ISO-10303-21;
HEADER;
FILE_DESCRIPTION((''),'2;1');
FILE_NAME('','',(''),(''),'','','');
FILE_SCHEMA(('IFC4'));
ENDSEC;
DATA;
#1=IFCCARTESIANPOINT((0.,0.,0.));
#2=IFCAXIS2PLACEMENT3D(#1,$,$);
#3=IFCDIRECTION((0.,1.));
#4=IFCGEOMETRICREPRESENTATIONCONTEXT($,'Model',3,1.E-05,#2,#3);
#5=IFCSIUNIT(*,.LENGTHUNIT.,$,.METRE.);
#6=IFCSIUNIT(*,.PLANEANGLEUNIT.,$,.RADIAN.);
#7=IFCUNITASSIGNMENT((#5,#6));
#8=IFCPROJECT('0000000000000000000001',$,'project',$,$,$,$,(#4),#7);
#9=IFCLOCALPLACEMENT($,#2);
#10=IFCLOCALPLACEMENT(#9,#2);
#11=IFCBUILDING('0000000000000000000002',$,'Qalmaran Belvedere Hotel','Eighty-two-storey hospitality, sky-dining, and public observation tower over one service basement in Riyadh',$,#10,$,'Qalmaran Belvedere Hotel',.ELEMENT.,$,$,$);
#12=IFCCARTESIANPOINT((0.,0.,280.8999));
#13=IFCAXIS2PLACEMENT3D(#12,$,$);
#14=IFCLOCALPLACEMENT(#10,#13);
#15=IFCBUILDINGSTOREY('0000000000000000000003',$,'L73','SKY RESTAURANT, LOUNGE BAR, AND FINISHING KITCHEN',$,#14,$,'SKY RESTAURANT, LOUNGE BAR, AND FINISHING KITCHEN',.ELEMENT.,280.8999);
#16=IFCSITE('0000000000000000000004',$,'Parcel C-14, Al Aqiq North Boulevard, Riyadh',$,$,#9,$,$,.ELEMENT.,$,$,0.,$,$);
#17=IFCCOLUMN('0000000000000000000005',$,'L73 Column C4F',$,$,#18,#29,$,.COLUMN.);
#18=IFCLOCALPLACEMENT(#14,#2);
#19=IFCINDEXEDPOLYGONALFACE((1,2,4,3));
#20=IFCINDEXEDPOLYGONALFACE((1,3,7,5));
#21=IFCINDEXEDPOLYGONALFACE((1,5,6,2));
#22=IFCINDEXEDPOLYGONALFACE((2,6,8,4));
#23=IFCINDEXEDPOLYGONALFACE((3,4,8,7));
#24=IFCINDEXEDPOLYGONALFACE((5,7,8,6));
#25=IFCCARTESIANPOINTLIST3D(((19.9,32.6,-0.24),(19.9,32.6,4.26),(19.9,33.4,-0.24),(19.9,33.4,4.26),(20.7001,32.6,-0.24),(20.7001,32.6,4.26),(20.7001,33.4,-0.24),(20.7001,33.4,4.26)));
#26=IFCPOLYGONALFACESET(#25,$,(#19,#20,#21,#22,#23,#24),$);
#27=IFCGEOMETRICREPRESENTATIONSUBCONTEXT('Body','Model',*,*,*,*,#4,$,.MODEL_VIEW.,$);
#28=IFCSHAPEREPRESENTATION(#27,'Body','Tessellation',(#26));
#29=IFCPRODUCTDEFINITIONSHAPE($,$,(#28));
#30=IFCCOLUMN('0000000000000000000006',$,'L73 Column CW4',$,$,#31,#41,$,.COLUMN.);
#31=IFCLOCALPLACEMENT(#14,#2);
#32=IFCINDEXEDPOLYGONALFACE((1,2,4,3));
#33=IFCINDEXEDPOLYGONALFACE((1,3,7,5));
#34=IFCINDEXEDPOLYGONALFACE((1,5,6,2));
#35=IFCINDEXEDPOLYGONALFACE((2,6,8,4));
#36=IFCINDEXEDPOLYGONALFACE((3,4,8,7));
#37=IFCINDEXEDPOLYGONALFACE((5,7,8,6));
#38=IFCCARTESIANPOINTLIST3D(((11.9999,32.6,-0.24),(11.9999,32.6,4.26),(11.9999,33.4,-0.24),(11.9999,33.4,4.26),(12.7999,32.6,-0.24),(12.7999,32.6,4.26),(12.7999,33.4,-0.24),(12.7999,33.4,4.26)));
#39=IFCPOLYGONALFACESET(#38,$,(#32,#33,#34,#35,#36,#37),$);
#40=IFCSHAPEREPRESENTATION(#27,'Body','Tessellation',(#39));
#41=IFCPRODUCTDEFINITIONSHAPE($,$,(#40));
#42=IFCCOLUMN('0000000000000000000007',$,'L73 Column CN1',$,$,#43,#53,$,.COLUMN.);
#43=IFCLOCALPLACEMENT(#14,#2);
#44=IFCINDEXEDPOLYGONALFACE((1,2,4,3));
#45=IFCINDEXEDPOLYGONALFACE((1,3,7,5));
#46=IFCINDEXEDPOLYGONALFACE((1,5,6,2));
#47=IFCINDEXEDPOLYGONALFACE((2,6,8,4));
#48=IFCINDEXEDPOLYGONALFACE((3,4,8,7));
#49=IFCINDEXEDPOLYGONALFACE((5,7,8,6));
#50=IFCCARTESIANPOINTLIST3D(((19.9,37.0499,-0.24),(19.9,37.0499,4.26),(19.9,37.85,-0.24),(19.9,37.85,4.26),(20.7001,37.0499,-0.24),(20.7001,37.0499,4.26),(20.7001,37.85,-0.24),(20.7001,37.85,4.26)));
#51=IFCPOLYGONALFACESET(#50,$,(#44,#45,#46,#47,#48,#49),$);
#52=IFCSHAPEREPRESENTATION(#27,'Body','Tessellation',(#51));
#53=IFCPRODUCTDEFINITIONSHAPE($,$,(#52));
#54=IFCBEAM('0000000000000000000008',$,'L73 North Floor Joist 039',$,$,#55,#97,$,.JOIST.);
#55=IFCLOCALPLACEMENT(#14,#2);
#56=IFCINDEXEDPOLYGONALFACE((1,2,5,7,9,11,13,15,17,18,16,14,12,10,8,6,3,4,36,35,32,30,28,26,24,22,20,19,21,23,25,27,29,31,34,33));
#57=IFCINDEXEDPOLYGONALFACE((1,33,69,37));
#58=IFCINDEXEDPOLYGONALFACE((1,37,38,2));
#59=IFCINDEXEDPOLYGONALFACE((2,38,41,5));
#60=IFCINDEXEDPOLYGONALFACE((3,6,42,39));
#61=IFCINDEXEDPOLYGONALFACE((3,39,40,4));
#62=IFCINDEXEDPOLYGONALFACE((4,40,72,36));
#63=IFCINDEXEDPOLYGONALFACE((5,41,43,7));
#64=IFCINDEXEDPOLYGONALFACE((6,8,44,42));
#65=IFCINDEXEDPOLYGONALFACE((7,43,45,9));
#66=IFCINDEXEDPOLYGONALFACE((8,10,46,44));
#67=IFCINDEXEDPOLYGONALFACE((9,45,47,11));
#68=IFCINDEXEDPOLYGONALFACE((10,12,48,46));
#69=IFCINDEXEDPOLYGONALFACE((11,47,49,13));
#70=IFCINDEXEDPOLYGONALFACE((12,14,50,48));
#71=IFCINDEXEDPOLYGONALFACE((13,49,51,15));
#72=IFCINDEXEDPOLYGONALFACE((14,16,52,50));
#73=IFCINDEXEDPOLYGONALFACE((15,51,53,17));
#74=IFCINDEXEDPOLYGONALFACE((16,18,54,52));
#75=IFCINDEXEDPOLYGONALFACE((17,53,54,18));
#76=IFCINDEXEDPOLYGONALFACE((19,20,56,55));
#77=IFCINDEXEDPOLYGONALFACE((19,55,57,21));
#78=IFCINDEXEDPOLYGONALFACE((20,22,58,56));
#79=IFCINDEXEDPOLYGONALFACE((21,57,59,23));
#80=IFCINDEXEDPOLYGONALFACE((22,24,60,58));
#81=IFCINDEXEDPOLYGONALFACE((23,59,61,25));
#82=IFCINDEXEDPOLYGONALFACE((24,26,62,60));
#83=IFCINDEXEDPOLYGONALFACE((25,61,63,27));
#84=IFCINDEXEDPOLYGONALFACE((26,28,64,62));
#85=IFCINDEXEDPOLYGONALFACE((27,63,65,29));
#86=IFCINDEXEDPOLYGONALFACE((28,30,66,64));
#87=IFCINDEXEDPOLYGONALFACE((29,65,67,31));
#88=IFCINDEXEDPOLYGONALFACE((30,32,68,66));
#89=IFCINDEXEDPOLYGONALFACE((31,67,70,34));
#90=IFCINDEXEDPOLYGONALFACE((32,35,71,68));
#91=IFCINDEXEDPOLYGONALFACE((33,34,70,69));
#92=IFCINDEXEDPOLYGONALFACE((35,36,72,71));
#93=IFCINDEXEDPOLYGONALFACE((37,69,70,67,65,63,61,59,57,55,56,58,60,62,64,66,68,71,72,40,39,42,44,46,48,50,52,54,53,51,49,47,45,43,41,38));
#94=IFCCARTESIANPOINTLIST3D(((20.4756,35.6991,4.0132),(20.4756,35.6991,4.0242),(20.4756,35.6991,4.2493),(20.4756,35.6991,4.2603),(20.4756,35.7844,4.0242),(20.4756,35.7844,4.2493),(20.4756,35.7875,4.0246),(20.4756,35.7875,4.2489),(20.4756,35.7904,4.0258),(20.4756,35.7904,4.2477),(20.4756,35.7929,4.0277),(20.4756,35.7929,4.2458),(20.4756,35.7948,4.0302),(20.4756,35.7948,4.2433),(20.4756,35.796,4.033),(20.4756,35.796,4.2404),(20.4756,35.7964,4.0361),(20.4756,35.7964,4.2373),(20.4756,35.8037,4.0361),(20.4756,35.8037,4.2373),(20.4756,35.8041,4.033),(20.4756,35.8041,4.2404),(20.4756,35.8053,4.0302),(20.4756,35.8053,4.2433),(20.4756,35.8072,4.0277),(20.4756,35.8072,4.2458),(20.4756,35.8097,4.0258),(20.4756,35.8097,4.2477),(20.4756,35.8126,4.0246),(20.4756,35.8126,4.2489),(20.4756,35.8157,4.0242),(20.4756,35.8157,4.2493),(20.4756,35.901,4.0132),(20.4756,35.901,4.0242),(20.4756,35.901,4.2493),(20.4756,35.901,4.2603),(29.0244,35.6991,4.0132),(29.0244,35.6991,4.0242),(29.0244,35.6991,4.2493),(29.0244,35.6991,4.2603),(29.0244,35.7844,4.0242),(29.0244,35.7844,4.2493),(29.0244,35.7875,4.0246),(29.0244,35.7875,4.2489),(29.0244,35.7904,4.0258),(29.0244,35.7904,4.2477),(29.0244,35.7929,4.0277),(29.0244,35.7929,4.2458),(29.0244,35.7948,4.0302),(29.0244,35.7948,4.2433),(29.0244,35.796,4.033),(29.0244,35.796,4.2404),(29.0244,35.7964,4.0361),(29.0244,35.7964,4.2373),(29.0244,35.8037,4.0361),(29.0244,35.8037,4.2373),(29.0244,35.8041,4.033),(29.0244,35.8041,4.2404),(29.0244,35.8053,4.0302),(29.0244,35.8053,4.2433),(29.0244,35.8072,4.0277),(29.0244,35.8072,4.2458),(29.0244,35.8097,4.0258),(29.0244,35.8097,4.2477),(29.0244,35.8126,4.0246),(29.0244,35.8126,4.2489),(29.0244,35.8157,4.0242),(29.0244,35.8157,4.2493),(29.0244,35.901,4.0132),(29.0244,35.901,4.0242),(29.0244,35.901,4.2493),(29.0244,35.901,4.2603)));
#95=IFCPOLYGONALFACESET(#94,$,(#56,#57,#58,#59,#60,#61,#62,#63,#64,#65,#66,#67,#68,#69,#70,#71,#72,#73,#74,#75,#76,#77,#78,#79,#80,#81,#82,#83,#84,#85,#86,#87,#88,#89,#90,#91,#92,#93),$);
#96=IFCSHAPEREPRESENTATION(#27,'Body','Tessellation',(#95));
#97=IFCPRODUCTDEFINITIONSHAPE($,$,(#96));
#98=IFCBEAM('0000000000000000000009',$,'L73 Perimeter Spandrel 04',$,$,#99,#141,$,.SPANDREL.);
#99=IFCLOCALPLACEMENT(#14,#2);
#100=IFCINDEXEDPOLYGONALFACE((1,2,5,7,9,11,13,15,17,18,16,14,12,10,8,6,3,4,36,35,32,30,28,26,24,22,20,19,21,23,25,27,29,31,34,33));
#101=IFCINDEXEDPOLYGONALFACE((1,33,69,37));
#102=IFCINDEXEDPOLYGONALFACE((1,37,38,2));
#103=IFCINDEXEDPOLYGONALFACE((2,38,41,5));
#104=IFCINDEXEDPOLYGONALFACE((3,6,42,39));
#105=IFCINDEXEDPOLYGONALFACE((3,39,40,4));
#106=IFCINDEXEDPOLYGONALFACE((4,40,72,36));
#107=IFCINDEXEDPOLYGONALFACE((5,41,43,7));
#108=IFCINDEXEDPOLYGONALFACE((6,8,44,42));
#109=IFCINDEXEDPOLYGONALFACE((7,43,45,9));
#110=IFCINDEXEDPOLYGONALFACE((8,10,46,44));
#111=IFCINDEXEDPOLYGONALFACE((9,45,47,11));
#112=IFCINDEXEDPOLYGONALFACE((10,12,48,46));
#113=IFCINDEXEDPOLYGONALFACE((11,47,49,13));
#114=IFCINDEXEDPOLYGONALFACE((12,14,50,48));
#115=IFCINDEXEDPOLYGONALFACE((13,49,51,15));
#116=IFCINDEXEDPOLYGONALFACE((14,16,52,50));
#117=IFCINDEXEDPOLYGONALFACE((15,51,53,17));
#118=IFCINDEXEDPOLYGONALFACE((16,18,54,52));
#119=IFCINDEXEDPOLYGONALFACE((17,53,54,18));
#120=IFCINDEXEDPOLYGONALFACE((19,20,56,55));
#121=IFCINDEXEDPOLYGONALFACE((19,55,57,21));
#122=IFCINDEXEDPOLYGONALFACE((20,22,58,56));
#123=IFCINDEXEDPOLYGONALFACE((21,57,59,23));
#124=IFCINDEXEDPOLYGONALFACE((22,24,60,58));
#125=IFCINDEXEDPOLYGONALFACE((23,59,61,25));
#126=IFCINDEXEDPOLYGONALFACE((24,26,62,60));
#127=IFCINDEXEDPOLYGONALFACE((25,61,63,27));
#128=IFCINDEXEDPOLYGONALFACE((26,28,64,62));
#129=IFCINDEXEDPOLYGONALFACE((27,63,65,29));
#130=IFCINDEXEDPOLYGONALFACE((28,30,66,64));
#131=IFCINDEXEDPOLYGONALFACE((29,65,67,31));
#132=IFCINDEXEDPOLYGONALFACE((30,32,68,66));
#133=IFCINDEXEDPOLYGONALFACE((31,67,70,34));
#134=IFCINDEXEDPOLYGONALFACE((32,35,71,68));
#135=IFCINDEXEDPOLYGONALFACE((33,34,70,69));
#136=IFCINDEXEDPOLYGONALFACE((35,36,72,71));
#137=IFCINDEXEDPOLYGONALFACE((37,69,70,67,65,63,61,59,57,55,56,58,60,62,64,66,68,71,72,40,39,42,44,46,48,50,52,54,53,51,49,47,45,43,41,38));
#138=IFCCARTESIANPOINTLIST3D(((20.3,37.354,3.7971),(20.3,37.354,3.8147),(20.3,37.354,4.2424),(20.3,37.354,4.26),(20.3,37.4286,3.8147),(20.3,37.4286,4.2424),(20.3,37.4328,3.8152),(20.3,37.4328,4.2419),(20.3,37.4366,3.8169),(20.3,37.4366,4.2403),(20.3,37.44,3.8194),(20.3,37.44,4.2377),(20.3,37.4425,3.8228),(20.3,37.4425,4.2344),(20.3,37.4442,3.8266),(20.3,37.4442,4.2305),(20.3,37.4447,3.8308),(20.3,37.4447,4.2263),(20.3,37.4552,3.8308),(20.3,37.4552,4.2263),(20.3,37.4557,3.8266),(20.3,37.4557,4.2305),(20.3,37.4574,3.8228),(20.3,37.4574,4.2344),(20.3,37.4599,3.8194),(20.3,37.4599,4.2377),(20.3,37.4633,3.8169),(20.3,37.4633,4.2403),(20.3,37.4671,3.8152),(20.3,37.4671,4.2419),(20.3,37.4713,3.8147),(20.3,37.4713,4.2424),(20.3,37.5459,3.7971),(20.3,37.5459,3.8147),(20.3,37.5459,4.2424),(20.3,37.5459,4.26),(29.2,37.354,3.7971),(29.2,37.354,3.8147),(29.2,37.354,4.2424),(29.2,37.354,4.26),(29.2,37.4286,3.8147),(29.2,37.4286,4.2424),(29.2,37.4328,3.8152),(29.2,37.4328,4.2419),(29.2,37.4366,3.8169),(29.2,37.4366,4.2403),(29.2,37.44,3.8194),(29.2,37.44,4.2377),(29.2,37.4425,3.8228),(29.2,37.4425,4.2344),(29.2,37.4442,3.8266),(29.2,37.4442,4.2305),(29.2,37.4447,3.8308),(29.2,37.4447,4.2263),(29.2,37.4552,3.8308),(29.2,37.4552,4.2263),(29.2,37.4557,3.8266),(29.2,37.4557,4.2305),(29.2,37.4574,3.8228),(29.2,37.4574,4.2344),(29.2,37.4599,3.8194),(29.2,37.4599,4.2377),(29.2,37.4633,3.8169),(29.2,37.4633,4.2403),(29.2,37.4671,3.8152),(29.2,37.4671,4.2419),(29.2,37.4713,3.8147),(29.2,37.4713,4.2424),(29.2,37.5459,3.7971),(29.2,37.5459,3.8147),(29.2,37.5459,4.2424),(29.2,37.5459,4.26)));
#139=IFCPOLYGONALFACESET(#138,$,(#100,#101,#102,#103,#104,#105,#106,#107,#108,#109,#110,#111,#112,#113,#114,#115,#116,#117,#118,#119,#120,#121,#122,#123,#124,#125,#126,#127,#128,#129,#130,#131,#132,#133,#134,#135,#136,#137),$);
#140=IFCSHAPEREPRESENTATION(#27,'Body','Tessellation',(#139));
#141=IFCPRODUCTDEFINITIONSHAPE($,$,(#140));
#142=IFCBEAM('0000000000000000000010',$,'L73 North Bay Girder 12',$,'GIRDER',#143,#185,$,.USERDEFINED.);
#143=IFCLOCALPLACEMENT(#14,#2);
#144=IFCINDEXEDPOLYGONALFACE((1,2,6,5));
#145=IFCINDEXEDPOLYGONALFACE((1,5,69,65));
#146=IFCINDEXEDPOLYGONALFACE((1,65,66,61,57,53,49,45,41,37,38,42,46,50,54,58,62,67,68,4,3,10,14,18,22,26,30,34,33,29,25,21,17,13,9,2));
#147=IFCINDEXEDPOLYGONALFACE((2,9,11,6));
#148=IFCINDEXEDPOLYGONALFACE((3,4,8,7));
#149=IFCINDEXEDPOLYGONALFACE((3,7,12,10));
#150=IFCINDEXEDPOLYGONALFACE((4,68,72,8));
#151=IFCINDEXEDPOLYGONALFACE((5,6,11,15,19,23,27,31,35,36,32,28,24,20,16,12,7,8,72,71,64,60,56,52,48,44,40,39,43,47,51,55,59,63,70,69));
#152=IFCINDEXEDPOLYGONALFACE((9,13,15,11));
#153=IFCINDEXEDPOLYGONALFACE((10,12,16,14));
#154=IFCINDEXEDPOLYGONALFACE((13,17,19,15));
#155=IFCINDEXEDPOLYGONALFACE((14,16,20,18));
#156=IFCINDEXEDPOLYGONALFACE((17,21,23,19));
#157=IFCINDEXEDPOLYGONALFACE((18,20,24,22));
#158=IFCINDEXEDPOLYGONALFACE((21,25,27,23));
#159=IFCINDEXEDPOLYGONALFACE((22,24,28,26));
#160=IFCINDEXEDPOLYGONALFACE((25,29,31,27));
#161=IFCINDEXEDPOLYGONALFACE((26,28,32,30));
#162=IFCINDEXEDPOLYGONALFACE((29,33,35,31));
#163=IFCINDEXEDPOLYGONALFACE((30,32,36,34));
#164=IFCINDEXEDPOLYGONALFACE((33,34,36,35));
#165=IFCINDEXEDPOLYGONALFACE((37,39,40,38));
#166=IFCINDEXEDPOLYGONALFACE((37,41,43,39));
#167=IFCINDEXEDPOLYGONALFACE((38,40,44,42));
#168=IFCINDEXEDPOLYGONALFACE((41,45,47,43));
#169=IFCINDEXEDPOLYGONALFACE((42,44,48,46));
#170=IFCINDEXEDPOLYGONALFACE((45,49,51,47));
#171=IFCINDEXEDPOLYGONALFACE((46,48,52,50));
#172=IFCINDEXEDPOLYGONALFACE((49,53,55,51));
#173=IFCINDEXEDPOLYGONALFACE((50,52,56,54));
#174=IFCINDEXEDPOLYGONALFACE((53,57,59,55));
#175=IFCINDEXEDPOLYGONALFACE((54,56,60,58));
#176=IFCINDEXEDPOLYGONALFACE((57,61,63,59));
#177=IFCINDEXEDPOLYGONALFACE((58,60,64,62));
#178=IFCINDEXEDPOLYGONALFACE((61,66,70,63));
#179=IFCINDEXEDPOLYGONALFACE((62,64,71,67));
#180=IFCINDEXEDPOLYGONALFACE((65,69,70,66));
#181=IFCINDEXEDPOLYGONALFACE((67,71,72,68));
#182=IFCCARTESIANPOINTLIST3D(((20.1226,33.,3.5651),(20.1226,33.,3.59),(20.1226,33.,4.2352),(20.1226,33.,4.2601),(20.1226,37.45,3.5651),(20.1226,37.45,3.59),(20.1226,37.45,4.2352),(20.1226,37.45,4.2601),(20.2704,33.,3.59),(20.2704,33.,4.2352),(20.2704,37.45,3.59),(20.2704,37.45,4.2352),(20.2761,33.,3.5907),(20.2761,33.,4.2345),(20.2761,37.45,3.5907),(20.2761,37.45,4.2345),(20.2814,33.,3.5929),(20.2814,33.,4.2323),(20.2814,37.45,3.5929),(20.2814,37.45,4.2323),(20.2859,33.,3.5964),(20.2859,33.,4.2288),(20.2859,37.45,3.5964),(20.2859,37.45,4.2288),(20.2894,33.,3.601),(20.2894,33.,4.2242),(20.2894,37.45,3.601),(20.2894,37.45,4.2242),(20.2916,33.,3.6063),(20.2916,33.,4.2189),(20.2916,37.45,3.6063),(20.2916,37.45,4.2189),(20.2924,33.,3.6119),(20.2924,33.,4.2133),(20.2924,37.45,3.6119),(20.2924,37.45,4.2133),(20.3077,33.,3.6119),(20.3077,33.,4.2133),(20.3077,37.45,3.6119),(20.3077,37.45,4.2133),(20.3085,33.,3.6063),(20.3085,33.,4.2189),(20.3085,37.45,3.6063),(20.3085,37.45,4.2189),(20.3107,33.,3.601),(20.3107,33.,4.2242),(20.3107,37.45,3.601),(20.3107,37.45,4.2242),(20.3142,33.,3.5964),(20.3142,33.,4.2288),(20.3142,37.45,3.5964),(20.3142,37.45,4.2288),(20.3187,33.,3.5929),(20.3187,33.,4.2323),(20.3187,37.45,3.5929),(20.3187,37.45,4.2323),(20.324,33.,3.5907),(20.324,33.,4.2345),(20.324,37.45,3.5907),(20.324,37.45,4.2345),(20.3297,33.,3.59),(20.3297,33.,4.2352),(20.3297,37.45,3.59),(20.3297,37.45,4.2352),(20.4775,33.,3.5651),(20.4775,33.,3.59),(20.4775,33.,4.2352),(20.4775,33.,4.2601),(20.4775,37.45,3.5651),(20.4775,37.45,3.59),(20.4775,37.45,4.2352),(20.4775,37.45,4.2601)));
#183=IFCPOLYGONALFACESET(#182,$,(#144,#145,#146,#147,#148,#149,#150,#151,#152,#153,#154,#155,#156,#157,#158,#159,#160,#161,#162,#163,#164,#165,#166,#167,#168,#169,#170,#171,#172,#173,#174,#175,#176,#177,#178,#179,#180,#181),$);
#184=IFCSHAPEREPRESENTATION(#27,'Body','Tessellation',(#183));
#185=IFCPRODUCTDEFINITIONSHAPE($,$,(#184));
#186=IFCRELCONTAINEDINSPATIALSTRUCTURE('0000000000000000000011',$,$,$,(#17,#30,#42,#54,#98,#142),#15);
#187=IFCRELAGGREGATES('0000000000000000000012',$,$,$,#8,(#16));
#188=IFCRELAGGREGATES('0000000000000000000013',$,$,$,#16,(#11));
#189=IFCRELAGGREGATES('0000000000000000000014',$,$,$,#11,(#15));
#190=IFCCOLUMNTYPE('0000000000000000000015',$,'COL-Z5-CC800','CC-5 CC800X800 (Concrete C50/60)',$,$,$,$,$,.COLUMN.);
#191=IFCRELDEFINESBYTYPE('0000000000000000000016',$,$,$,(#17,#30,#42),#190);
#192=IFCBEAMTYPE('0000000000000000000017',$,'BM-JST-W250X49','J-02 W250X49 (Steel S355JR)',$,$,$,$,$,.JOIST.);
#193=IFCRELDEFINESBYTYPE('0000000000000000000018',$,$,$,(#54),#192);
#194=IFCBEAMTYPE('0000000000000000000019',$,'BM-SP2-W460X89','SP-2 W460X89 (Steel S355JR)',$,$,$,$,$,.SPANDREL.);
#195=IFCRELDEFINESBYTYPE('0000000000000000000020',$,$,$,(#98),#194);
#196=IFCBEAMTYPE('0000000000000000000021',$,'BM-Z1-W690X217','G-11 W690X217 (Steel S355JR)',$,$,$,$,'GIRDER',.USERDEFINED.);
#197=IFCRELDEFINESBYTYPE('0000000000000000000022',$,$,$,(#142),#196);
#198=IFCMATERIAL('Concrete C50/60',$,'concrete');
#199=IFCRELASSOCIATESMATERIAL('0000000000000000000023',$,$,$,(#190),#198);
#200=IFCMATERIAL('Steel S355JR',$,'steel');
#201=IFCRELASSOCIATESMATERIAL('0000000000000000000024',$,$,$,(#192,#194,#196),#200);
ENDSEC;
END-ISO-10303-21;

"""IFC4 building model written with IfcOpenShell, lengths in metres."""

from ifc_helpers import new_model, si_unit, direction, frame, origin, origin_2d, place, context, subcontext, project, spatial, rectangle, i_section, extrude, material, material_profile, profile_set, type_object, element, save


model = new_model("IFC4")

# Units and contexts
model_context = context("Model", 3, precision=1e-05, world=origin(), true_north=direction((0.0, 1.0)))
body_context = subcontext(model_context, "Body", "Model", "MODEL_VIEW")
ifc_project = project(units=[si_unit("LENGTHUNIT", "METRE"), si_unit("PLANEANGLEUNIT", "RADIAN")], contexts=[model_context])

# Site, building, storey
site_placement = place(None, origin())
site = spatial("IfcSite", under=ifc_project, at=site_placement, Name="Parcel C-14, Al Aqiq North Boulevard, Riyadh", CompositionType="ELEMENT", RefElevation=0.0)
building_placement = place(site_placement, origin())
building = spatial("IfcBuilding", under=site, at=building_placement, Name="Qalmaran Belvedere Hotel", Description="Eighty-two-storey hospitality, sky-dining, and public observation tower over one service basement in Riyadh", LongName="Qalmaran Belvedere Hotel", CompositionType="ELEMENT")
storey_placement = place(building_placement, frame((0.0, 0.0, 280.8999)))
storey = spatial("IfcBuildingStorey", under=building, at=storey_placement, Name="L73", Description="SKY RESTAURANT, LOUNGE BAR, AND FINISHING KITCHEN", LongName="SKY RESTAURANT, LOUNGE BAR, AND FINISHING KITCHEN", CompositionType="ELEMENT", Elevation=280.8999)

# Columns
ifc_material_1 = material(Name="Concrete C50/60", Category="concrete")
ifc_material_profile_1 = material_profile(ifc_material_1, rectangle(XDim=0.8, YDim=0.8, at=origin_2d()), Name="CC800X800")
ifc_profile_set_1 = profile_set([ifc_material_profile_1], Name="Concrete C50/60")
column_type = type_object("IfcColumnType", Name="COL-Z5-CC800", Description="CC-5 CC800X800 (Concrete C50/60)", PredefinedType="COLUMN", material=ifc_profile_set_1)
for number, where, z_axis, x_axis, name in (
    (1, (20.3, 33.0, -0.24), (0.0, 0.0, 1.0), (1.0, 0.0, 0.0), "L73 Column C4F"),
    (2, (12.3999, 33.0, -0.24), (0.0, 0.0, 1.0), (1.0, 0.0, 0.0), "L73 Column CW4"),
    (3, (20.3, 37.45, -0.24), (0.0, 0.0, 1.0), (1.0, 0.0, 0.0), "L73 Column CN1"),
):
    element("IfcColumn", number, at=place(storey_placement, frame(where, z_axis=z_axis, x_axis=x_axis)), inside=storey, type_object=column_type, Name=name, PredefinedType="COLUMN", context=body_context, shape_type="SweptSolid", body=[
        extrude(rectangle(XDim=0.8, YDim=0.8, at=origin_2d()), origin(), (0.0, 0.0, 1.0), 4.5),
    ])

# Beams
ifc_material_2 = material(Name="Steel S355JR", Category="steel")
ifc_material_profile_2 = material_profile(ifc_material_2, i_section(OverallWidth=0.2019, OverallDepth=0.2471, WebThickness=0.0073, FlangeThickness=0.011, FilletRadius=0.012, at=origin_2d()), Name="W250X49")
ifc_profile_set_2 = profile_set([ifc_material_profile_2], Name="Steel S355JR")
beam_type_1 = type_object("IfcBeamType", Name="BM-JST-W250X49", Description="J-02 W250X49 (Steel S355JR)", PredefinedType="JOIST", material=ifc_profile_set_2)
beam_1_placement = place(storey_placement, frame((20.4756, 35.8, 4.1367), z_axis=(1.0, 0.0, 0.0), x_axis=(0.0, 1.0, 0.0)))
element("IfcBeam", 4, at=beam_1_placement, inside=storey, type_object=beam_type_1, Name="L73 North Floor Joist 039", PredefinedType="JOIST", context=body_context, shape_type="SweptSolid", body=[
    extrude(i_section(OverallWidth=0.2019, OverallDepth=0.2471, WebThickness=0.0073, FlangeThickness=0.011, FilletRadius=0.012, at=origin_2d()), origin(), (0.0, 0.0, 1.0), 8.5488),
])
ifc_material_profile_3 = material_profile(ifc_material_2, i_section(OverallWidth=0.1919, OverallDepth=0.4629, WebThickness=0.0105, FlangeThickness=0.0176, FilletRadius=0.0161, at=origin_2d()), Name="W460X89")
ifc_profile_set_3 = profile_set([ifc_material_profile_3], Name="Steel S355JR")
beam_type_2 = type_object("IfcBeamType", Name="BM-SP2-W460X89", Description="SP-2 W460X89 (Steel S355JR)", PredefinedType="SPANDREL", material=ifc_profile_set_3)
beam_2_placement = place(storey_placement, frame((20.3, 37.45, 4.0286), z_axis=(1.0, 0.0, 0.0), x_axis=(0.0, 1.0, 0.0)))
element("IfcBeam", 5, at=beam_2_placement, inside=storey, type_object=beam_type_2, Name="L73 Perimeter Spandrel 04", PredefinedType="SPANDREL", context=body_context, shape_type="SweptSolid", body=[
    extrude(i_section(OverallWidth=0.1919, OverallDepth=0.4629, WebThickness=0.0105, FlangeThickness=0.0176, FilletRadius=0.0161, at=origin_2d()), origin(), (0.0, 0.0, 1.0), 8.8999),
])
ifc_material_profile_4 = material_profile(ifc_material_2, i_section(OverallWidth=0.355, OverallDepth=0.6951, WebThickness=0.0154, FlangeThickness=0.0249, FilletRadius=0.022, at=origin_2d()), Name="W690X217")
ifc_profile_set_4 = profile_set([ifc_material_profile_4], Name="Steel S355JR")
beam_type_3 = type_object("IfcBeamType", Name="BM-Z1-W690X217", Description="G-11 W690X217 (Steel S355JR)", ElementType="GIRDER", PredefinedType="USERDEFINED", material=ifc_profile_set_4)
beam_3_placement = place(storey_placement, frame((20.3, 33.0, 3.9126), z_axis=(0.0, 1.0, 0.0), x_axis=(-1.0, 0.0, 0.0)))
element("IfcBeam", 6, at=beam_3_placement, inside=storey, type_object=beam_type_3, Name="L73 North Bay Girder 12", ObjectType="GIRDER", PredefinedType="USERDEFINED", context=body_context, shape_type="SweptSolid", body=[
    extrude(i_section(OverallWidth=0.355, OverallDepth=0.6951, WebThickness=0.0154, FlangeThickness=0.0249, FilletRadius=0.022, at=origin_2d()), origin(), (0.0, 0.0, 1.0), 4.45),
])

save(model, "model.ifc")
